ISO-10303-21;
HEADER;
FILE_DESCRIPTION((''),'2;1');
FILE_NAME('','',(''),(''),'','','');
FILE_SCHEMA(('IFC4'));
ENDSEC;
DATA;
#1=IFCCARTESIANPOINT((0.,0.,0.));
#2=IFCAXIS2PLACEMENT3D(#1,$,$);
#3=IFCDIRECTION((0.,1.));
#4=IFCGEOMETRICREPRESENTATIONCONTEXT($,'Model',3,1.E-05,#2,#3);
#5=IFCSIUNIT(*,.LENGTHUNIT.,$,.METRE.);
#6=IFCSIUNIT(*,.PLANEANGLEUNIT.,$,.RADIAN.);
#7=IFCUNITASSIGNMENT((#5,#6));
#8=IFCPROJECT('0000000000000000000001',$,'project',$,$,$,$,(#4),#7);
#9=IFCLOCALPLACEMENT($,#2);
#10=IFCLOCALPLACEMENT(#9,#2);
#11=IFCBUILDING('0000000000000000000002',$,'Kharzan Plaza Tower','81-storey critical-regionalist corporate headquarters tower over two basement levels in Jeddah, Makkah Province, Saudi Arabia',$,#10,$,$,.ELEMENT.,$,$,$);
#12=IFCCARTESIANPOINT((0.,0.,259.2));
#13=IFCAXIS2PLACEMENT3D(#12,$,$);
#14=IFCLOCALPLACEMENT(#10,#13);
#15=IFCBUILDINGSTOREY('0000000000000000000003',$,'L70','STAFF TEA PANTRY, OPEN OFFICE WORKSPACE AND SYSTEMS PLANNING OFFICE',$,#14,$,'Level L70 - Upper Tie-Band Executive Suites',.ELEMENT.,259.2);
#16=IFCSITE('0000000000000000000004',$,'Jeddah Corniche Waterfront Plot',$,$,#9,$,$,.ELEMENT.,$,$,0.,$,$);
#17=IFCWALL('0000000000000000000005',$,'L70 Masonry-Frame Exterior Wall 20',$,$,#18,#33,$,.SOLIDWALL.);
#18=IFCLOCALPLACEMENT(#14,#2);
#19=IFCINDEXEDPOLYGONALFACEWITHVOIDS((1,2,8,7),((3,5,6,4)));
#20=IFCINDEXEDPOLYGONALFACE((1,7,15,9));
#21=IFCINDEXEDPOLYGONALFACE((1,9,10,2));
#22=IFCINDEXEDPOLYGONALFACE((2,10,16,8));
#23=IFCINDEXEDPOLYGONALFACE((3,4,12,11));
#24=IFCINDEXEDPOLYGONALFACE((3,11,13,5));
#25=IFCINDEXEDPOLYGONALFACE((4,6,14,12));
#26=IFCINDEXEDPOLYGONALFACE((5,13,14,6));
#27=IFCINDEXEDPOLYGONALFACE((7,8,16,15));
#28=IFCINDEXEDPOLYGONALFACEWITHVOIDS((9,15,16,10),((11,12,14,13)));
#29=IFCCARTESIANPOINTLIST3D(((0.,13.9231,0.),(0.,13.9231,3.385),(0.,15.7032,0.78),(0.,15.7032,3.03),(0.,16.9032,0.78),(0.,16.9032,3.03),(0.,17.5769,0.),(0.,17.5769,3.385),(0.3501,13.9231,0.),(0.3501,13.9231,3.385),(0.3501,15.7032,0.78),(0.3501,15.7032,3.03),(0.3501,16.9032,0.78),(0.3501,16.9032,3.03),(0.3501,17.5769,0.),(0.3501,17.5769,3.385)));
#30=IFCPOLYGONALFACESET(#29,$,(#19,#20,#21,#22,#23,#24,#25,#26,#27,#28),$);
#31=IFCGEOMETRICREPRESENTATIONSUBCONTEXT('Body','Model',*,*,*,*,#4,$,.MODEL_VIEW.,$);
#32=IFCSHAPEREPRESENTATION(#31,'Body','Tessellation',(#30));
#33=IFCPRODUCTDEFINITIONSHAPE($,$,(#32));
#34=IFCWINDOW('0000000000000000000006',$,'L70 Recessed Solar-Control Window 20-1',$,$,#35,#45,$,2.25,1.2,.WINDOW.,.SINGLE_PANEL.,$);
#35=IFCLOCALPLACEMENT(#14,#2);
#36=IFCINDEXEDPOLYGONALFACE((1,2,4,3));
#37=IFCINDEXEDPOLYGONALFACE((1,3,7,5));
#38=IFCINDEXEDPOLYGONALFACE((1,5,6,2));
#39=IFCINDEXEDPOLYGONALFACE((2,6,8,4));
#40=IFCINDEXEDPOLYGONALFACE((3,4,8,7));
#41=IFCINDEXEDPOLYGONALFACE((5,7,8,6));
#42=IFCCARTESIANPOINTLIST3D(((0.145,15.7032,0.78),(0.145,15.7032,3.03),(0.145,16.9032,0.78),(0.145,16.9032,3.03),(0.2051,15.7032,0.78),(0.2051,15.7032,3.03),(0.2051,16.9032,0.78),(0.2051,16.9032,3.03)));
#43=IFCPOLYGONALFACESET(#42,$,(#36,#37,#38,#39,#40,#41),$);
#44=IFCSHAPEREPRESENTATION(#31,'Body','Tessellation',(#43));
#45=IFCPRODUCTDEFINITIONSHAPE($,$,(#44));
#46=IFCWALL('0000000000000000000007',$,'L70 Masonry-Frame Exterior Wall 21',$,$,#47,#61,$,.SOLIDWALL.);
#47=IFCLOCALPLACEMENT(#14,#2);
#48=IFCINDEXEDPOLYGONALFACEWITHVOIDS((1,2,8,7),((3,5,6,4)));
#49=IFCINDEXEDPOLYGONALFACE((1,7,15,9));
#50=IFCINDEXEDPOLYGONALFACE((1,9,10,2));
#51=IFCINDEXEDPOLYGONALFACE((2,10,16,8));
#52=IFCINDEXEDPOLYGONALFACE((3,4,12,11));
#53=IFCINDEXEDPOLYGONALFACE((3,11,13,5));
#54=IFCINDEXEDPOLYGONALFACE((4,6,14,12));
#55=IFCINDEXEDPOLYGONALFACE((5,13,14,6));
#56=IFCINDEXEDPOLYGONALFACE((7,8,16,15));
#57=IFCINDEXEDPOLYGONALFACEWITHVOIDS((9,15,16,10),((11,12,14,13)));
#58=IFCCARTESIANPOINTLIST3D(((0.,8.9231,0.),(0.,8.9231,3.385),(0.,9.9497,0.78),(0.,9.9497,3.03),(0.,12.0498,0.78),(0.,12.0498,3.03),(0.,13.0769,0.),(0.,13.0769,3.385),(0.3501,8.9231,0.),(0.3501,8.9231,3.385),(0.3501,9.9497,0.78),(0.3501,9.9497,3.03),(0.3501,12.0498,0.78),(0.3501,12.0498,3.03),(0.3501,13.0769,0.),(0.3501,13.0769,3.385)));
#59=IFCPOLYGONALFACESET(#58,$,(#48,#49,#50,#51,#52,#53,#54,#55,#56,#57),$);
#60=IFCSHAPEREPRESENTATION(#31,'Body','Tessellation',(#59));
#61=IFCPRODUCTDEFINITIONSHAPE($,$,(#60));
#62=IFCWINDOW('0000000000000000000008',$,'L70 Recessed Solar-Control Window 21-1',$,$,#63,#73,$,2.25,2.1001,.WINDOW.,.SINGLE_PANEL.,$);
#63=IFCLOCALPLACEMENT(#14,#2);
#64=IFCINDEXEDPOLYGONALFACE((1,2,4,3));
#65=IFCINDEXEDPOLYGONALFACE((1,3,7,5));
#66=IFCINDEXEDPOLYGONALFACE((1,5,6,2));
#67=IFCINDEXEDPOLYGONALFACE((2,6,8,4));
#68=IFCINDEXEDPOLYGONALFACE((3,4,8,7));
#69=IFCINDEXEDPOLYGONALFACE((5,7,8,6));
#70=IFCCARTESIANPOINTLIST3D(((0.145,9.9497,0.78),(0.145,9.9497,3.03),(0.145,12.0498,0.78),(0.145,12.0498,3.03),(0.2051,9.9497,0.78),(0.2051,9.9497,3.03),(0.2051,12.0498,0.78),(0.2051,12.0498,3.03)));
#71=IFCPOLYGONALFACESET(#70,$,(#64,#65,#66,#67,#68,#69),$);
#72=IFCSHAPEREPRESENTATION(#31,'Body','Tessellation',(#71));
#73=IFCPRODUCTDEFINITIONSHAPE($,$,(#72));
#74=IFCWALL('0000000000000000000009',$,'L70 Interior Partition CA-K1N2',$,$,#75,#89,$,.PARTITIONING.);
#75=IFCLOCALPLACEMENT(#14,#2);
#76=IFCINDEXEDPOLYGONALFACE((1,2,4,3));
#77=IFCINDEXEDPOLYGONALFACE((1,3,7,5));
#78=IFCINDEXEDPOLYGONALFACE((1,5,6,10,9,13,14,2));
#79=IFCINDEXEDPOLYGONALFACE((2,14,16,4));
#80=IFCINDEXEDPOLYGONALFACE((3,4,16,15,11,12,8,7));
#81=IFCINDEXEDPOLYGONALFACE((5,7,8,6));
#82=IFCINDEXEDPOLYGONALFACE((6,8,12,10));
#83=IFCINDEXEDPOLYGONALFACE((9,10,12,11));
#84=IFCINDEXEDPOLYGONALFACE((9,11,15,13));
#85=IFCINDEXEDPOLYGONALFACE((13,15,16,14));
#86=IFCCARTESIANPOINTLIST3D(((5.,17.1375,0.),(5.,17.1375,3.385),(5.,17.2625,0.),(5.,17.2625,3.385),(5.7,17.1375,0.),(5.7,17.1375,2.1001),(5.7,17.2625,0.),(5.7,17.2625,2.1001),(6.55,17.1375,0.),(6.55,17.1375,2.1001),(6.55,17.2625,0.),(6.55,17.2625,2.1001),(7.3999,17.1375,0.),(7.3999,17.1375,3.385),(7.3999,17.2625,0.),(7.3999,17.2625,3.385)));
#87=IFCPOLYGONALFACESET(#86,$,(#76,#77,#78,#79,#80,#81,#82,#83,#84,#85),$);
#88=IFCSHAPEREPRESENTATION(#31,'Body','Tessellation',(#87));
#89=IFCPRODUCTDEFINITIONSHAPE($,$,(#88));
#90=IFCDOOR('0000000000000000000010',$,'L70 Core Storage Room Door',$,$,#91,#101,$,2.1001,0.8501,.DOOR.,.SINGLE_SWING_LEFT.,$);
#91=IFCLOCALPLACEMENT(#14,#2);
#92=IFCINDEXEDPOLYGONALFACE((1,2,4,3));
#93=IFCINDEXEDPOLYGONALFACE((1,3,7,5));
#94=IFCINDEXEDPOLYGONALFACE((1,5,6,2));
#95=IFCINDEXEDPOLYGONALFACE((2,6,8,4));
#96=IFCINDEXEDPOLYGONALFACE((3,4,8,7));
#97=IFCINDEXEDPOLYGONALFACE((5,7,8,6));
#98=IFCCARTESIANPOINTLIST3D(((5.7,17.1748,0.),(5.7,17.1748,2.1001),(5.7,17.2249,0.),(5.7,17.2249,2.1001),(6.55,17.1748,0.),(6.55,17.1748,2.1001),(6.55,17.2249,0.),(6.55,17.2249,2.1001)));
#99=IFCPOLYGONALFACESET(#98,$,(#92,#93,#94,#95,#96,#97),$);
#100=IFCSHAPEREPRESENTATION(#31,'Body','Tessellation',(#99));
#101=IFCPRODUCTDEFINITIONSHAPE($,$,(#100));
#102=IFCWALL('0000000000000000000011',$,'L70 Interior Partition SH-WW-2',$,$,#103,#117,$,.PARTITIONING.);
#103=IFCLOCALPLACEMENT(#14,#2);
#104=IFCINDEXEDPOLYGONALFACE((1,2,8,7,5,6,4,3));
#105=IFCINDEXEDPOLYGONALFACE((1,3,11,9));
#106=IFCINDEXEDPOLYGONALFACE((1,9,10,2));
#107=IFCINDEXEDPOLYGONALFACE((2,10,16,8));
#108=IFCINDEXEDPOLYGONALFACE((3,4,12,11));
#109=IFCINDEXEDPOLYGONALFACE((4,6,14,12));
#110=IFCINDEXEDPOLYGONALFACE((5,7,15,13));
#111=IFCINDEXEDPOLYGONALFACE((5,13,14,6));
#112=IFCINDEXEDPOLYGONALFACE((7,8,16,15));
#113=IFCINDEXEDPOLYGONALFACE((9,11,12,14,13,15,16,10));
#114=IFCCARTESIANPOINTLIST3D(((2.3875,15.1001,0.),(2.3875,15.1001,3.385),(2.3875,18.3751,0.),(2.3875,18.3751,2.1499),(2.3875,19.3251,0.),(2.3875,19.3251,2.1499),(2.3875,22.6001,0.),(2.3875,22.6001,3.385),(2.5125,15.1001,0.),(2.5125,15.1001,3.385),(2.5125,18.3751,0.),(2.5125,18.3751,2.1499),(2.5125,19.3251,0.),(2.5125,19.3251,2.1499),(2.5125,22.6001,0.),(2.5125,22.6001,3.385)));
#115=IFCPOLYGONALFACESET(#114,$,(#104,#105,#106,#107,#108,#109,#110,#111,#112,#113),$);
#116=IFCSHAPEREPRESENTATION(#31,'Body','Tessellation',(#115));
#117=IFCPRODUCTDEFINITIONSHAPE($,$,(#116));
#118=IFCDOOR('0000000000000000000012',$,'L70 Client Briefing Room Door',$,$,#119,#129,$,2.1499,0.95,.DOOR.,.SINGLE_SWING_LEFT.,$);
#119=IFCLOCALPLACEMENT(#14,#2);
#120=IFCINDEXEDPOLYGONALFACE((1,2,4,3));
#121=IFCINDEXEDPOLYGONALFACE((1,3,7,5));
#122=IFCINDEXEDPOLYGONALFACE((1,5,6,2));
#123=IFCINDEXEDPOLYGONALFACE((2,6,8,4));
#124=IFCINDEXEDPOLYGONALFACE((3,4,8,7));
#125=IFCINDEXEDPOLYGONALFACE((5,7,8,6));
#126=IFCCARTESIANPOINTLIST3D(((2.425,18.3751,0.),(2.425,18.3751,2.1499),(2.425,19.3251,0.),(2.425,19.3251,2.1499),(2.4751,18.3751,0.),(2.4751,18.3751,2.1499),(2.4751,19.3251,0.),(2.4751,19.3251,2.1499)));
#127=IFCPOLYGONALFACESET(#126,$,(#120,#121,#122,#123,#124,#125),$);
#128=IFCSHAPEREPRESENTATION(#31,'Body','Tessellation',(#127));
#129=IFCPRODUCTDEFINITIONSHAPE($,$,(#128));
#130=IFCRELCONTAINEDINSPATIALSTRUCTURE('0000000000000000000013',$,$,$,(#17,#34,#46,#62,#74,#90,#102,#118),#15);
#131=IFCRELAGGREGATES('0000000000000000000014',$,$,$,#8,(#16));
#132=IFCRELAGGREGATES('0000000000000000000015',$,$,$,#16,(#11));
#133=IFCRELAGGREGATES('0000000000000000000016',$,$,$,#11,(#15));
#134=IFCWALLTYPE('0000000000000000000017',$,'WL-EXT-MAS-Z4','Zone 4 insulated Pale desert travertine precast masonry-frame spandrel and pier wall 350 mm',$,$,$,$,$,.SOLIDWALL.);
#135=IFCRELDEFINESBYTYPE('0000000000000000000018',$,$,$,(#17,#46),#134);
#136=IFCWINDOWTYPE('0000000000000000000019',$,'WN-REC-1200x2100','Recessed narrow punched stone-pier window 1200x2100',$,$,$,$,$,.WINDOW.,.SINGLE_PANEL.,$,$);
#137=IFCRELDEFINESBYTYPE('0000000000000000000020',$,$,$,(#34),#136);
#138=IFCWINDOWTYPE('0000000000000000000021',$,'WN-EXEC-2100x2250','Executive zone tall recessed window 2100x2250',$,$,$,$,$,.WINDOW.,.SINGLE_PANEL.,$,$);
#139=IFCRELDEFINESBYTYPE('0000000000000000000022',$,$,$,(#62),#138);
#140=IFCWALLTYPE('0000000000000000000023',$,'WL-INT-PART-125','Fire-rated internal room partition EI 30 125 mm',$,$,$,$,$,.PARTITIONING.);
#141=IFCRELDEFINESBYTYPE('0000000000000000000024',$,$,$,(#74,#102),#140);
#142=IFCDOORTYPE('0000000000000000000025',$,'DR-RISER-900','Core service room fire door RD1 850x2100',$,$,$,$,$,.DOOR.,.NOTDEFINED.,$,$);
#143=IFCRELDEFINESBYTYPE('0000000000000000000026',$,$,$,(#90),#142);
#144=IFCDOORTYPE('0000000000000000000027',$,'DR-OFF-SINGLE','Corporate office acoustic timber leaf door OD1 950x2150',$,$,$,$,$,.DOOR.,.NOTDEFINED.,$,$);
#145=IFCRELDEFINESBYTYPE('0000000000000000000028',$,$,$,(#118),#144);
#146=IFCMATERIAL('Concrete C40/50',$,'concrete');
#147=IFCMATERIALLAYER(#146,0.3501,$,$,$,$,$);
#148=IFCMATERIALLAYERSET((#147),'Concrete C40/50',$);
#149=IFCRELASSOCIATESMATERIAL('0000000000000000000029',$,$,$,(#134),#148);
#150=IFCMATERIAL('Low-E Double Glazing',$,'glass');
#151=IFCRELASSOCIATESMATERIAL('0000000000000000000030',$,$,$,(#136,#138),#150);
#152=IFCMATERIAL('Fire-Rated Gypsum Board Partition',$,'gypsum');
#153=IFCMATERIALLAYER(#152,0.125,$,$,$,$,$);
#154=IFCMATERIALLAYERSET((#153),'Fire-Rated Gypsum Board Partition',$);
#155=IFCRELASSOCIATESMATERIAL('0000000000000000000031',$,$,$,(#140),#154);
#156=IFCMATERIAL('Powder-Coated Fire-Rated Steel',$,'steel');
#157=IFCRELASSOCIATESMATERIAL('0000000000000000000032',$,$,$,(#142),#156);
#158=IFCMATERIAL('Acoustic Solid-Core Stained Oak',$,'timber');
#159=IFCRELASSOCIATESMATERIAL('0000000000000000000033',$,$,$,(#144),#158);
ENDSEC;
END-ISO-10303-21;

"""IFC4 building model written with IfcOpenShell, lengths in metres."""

from ifc_helpers import new_model, si_unit, direction, frame, frame_2d, origin, place, context, subcontext, project, spatial, rectangle, extrude, source, transform, mapped, material, layer, layer_set, type_object, element, fill, save


model = new_model("IFC4")

# Units and contexts
model_context = context("Model", 3, precision=1e-05, world=origin(), true_north=direction((0.0, 1.0)))
body_context = subcontext(model_context, "Body", "Model", "MODEL_VIEW")
ifc_project = project(units=[si_unit("LENGTHUNIT", "METRE"), si_unit("PLANEANGLEUNIT", "RADIAN")], contexts=[model_context])

# Site, building, storey
site_placement = place(None, origin())
site = spatial("IfcSite", under=ifc_project, at=site_placement, Name="Jeddah Corniche Waterfront Plot", CompositionType="ELEMENT", RefElevation=0.0)
building_placement = place(site_placement, origin())
building = spatial("IfcBuilding", under=site, at=building_placement, Name="Kharzan Plaza Tower", Description="81-storey critical-regionalist corporate headquarters tower over two basement levels in Jeddah, Makkah Province, Saudi Arabia", CompositionType="ELEMENT")
storey_placement = place(building_placement, frame((0.0, 0.0, 259.2)))
storey = spatial("IfcBuildingStorey", under=building, at=storey_placement, Name="L70", Description="STAFF TEA PANTRY, OPEN OFFICE WORKSPACE AND SYSTEMS PLANNING OFFICE", LongName="Level L70 - Upper Tie-Band Executive Suites", CompositionType="ELEMENT", Elevation=259.2)

# Walls, openings, windows
ifc_material_1 = material(Name="Concrete C40/50", Category="concrete")
ifc_layer_1 = layer(ifc_material_1, 0.3501)
ifc_layer_set_1 = layer_set([ifc_layer_1], Name="Concrete C40/50")
wall_type_1 = type_object("IfcWallType", Name="WL-EXT-MAS-Z4", Description="Zone 4 insulated Pale desert travertine precast masonry-frame spandrel and pier wall 350 mm", PredefinedType="SOLIDWALL", material=ifc_layer_set_1)
wall_1_placement = place(storey_placement, frame((0.175, 17.5769, 0.0), z_axis=(0.0, 0.0, 1.0), x_axis=(0.0, -1.0, 0.0)))
wall_1 = element("IfcWall", 1, at=wall_1_placement, inside=storey, type_object=wall_type_1, Name="L70 Masonry-Frame Exterior Wall 20", PredefinedType="SOLIDWALL", context=body_context, shape_type="SweptSolid", body=[
    extrude(rectangle(XDim=3.6538, YDim=0.3501, at=frame_2d((1.8269, 0.0))), origin(), (0.0, 0.0, 1.0), 3.385),
])
opening_1_placement = place(wall_1_placement, frame((0.6736, 0.0, 0.78)))
opening_1 = element("IfcOpeningElement", 2, at=opening_1_placement, cuts=wall_1, PredefinedType="OPENING", context=body_context, shape_type="SweptSolid", body=[
    extrude(rectangle(XDim=1.2, YDim=2.25, at=frame_2d((0.6001, 1.125))), frame((0.0, 0.1851, 0.0), z_axis=(0.0, -1.0, 0.0), x_axis=(1.0, 0.0, 0.0)), (0.0, 0.0, 1.0), 0.3701),
])
ifc_material_2 = material(Name="Low-E Double Glazing", Category="glass")
window_type_1 = type_object("IfcWindowType", Name="WN-REC-1200x2100", Description="Recessed narrow punched stone-pier window 1200x2100", PartitioningType="SINGLE_PANEL", PredefinedType="WINDOW", material=ifc_material_2)
shared_shape_1 = source(origin(), body_context, "Body", "SweptSolid", [
    extrude(rectangle(XDim=1.2, YDim=2.25, at=frame_2d((0.6001, 1.125))), frame((0.0, 0.03, 0.0), z_axis=(0.0, -1.0, 0.0), x_axis=(1.0, 0.0, 0.0)), (0.0, 0.0, 1.0), 0.0601),
])
window_1_placement = place(opening_1_placement, origin())
window_1 = element("IfcWindow", 3, at=window_1_placement, inside=storey, type_object=window_type_1, Name="L70 Recessed Solar-Control Window 20-1", OverallHeight=2.25, OverallWidth=1.2, PartitioningType="SINGLE_PANEL", PredefinedType="WINDOW", context=body_context, shape_type="MappedRepresentation", body=[
    mapped(shared_shape_1, transform((0.0, 0.0, 0.0), x_axis=(1.0, 0.0, 0.0), y_axis=(0.0, 1.0, 0.0), z_axis=(0.0, 0.0, 1.0))),
])
fill(opening_1, window_1)
wall_2_placement = place(storey_placement, frame((0.175, 13.0769, 0.0), z_axis=(0.0, 0.0, 1.0), x_axis=(0.0, -1.0, 0.0)))
wall_2 = element("IfcWall", 4, at=wall_2_placement, inside=storey, type_object=wall_type_1, Name="L70 Masonry-Frame Exterior Wall 21", PredefinedType="SOLIDWALL", context=body_context, shape_type="SweptSolid", body=[
    extrude(rectangle(XDim=4.1538, YDim=0.3501, at=frame_2d((2.0769, 0.0))), origin(), (0.0, 0.0, 1.0), 3.385),
])
opening_2_placement = place(wall_2_placement, frame((1.0271, 0.0, 0.78)))
opening_2 = element("IfcOpeningElement", 5, at=opening_2_placement, cuts=wall_2, PredefinedType="OPENING", context=body_context, shape_type="SweptSolid", body=[
    extrude(rectangle(XDim=2.1001, YDim=2.25, at=frame_2d((1.05, 1.125))), frame((0.0, 0.1851, 0.0), z_axis=(0.0, -1.0, 0.0), x_axis=(1.0, 0.0, 0.0)), (0.0, 0.0, 1.0), 0.3701),
])
window_type_2 = type_object("IfcWindowType", Name="WN-EXEC-2100x2250", Description="Executive zone tall recessed window 2100x2250", PartitioningType="SINGLE_PANEL", PredefinedType="WINDOW", material=ifc_material_2)
shared_shape_2 = source(origin(), body_context, "Body", "SweptSolid", [
    extrude(rectangle(XDim=2.1001, YDim=2.25, at=frame_2d((1.05, 1.125))), frame((0.0, 0.03, 0.0), z_axis=(0.0, -1.0, 0.0), x_axis=(1.0, 0.0, 0.0)), (0.0, 0.0, 1.0), 0.0601),
])
window_2_placement = place(opening_2_placement, origin())
window_2 = element("IfcWindow", 6, at=window_2_placement, inside=storey, type_object=window_type_2, Name="L70 Recessed Solar-Control Window 21-1", OverallHeight=2.25, OverallWidth=2.1001, PartitioningType="SINGLE_PANEL", PredefinedType="WINDOW", context=body_context, shape_type="MappedRepresentation", body=[
    mapped(shared_shape_2, transform((0.0, 0.0, 0.0), x_axis=(1.0, 0.0, 0.0), y_axis=(0.0, 1.0, 0.0), z_axis=(0.0, 0.0, 1.0))),
])
fill(opening_2, window_2)

# Walls, openings, doors
ifc_material_3 = material(Name="Fire-Rated Gypsum Board Partition", Category="gypsum")
ifc_layer_2 = layer(ifc_material_3, 0.125)
ifc_layer_set_2 = layer_set([ifc_layer_2], Name="Fire-Rated Gypsum Board Partition")
wall_type_2 = type_object("IfcWallType", Name="WL-INT-PART-125", Description="Fire-rated internal room partition EI 30 125 mm", PredefinedType="PARTITIONING", material=ifc_layer_set_2)
wall_3_placement = place(storey_placement, frame((5.0, 17.2, 0.0), z_axis=(0.0, 0.0, 1.0), x_axis=(1.0, 0.0, 0.0)))
wall_3 = element("IfcWall", 7, at=wall_3_placement, inside=storey, type_object=wall_type_2, Name="L70 Interior Partition CA-K1N2", PredefinedType="PARTITIONING", context=body_context, shape_type="SweptSolid", body=[
    extrude(rectangle(XDim=2.3999, YDim=0.125, at=frame_2d((1.2, 0.0))), origin(), (0.0, 0.0, 1.0), 3.385),
])
opening_3_placement = place(wall_3_placement, frame((0.7, 0.0, 0.0)))
opening_3 = element("IfcOpeningElement", 8, at=opening_3_placement, cuts=wall_3, PredefinedType="OPENING", context=body_context, shape_type="SweptSolid", body=[
    extrude(rectangle(XDim=0.8501, YDim=2.1001, at=frame_2d((0.425, 1.05))), frame((0.0, 0.0725, 0.0), z_axis=(0.0, -1.0, 0.0), x_axis=(1.0, 0.0, 0.0)), (0.0, 0.0, 1.0), 0.145),
])
ifc_material_4 = material(Name="Powder-Coated Fire-Rated Steel", Category="steel")
door_type_1 = type_object("IfcDoorType", Name="DR-RISER-900", Description="Core service room fire door RD1 850x2100", OperationType="NOTDEFINED", PredefinedType="DOOR", material=ifc_material_4)
shared_shape_3 = source(origin(), body_context, "Body", "SweptSolid", [
    extrude(rectangle(XDim=0.8501, YDim=2.1001, at=frame_2d((0.425, 1.05))), frame((0.0, 0.0249, 0.0), z_axis=(0.0, -1.0, 0.0), x_axis=(1.0, 0.0, 0.0)), (0.0, 0.0, 1.0), 0.05),
])
door_1_placement = place(opening_3_placement, origin())
door_1 = element("IfcDoor", 9, at=door_1_placement, inside=storey, type_object=door_type_1, Name="L70 Core Storage Room Door", OperationType="SINGLE_SWING_LEFT", OverallHeight=2.1001, OverallWidth=0.8501, PredefinedType="DOOR", context=body_context, shape_type="MappedRepresentation", body=[
    mapped(shared_shape_3, transform((0.0, 0.0, 0.0), x_axis=(1.0, 0.0, 0.0), y_axis=(0.0, 1.0, 0.0), z_axis=(0.0, 0.0, 1.0))),
])
fill(opening_3, door_1)
wall_4_placement = place(storey_placement, frame((2.45, 15.1001, 0.0), z_axis=(0.0, 0.0, 1.0), x_axis=(0.0, 1.0, 0.0)))
wall_4 = element("IfcWall", 10, at=wall_4_placement, inside=storey, type_object=wall_type_2, Name="L70 Interior Partition SH-WW-2", PredefinedType="PARTITIONING", context=body_context, shape_type="SweptSolid", body=[
    extrude(rectangle(XDim=7.5, YDim=0.125, at=frame_2d((3.75, 0.0))), origin(), (0.0, 0.0, 1.0), 3.385),
])
opening_4_placement = place(wall_4_placement, frame((3.2749, 0.0, 0.0)))
opening_4 = element("IfcOpeningElement", 11, at=opening_4_placement, cuts=wall_4, PredefinedType="OPENING", context=body_context, shape_type="SweptSolid", body=[
    extrude(rectangle(XDim=0.95, YDim=2.1499, at=frame_2d((0.4751, 1.075))), frame((0.0, 0.0725, 0.0), z_axis=(0.0, -1.0, 0.0), x_axis=(1.0, 0.0, 0.0)), (0.0, 0.0, 1.0), 0.145),
])
ifc_material_5 = material(Name="Acoustic Solid-Core Stained Oak", Category="timber")
door_type_2 = type_object("IfcDoorType", Name="DR-OFF-SINGLE", Description="Corporate office acoustic timber leaf door OD1 950x2150", OperationType="NOTDEFINED", PredefinedType="DOOR", material=ifc_material_5)
shared_shape_4 = source(origin(), body_context, "Body", "SweptSolid", [
    extrude(rectangle(XDim=0.95, YDim=2.1499, at=frame_2d((0.4751, 1.075))), frame((0.0, 0.0249, 0.0), z_axis=(0.0, -1.0, 0.0), x_axis=(1.0, 0.0, 0.0)), (0.0, 0.0, 1.0), 0.05),
])
door_2_placement = place(opening_4_placement, origin())
door_2 = element("IfcDoor", 12, at=door_2_placement, inside=storey, type_object=door_type_2, Name="L70 Client Briefing Room Door", OperationType="SINGLE_SWING_LEFT", OverallHeight=2.1499, OverallWidth=0.95, PredefinedType="DOOR", context=body_context, shape_type="MappedRepresentation", body=[
    mapped(shared_shape_4, transform((0.0, 0.0, 0.0), x_axis=(1.0, 0.0, 0.0), y_axis=(0.0, 1.0, 0.0), z_axis=(0.0, 0.0, 1.0))),
])
fill(opening_4, door_2)

save(model, "model.ifc")
